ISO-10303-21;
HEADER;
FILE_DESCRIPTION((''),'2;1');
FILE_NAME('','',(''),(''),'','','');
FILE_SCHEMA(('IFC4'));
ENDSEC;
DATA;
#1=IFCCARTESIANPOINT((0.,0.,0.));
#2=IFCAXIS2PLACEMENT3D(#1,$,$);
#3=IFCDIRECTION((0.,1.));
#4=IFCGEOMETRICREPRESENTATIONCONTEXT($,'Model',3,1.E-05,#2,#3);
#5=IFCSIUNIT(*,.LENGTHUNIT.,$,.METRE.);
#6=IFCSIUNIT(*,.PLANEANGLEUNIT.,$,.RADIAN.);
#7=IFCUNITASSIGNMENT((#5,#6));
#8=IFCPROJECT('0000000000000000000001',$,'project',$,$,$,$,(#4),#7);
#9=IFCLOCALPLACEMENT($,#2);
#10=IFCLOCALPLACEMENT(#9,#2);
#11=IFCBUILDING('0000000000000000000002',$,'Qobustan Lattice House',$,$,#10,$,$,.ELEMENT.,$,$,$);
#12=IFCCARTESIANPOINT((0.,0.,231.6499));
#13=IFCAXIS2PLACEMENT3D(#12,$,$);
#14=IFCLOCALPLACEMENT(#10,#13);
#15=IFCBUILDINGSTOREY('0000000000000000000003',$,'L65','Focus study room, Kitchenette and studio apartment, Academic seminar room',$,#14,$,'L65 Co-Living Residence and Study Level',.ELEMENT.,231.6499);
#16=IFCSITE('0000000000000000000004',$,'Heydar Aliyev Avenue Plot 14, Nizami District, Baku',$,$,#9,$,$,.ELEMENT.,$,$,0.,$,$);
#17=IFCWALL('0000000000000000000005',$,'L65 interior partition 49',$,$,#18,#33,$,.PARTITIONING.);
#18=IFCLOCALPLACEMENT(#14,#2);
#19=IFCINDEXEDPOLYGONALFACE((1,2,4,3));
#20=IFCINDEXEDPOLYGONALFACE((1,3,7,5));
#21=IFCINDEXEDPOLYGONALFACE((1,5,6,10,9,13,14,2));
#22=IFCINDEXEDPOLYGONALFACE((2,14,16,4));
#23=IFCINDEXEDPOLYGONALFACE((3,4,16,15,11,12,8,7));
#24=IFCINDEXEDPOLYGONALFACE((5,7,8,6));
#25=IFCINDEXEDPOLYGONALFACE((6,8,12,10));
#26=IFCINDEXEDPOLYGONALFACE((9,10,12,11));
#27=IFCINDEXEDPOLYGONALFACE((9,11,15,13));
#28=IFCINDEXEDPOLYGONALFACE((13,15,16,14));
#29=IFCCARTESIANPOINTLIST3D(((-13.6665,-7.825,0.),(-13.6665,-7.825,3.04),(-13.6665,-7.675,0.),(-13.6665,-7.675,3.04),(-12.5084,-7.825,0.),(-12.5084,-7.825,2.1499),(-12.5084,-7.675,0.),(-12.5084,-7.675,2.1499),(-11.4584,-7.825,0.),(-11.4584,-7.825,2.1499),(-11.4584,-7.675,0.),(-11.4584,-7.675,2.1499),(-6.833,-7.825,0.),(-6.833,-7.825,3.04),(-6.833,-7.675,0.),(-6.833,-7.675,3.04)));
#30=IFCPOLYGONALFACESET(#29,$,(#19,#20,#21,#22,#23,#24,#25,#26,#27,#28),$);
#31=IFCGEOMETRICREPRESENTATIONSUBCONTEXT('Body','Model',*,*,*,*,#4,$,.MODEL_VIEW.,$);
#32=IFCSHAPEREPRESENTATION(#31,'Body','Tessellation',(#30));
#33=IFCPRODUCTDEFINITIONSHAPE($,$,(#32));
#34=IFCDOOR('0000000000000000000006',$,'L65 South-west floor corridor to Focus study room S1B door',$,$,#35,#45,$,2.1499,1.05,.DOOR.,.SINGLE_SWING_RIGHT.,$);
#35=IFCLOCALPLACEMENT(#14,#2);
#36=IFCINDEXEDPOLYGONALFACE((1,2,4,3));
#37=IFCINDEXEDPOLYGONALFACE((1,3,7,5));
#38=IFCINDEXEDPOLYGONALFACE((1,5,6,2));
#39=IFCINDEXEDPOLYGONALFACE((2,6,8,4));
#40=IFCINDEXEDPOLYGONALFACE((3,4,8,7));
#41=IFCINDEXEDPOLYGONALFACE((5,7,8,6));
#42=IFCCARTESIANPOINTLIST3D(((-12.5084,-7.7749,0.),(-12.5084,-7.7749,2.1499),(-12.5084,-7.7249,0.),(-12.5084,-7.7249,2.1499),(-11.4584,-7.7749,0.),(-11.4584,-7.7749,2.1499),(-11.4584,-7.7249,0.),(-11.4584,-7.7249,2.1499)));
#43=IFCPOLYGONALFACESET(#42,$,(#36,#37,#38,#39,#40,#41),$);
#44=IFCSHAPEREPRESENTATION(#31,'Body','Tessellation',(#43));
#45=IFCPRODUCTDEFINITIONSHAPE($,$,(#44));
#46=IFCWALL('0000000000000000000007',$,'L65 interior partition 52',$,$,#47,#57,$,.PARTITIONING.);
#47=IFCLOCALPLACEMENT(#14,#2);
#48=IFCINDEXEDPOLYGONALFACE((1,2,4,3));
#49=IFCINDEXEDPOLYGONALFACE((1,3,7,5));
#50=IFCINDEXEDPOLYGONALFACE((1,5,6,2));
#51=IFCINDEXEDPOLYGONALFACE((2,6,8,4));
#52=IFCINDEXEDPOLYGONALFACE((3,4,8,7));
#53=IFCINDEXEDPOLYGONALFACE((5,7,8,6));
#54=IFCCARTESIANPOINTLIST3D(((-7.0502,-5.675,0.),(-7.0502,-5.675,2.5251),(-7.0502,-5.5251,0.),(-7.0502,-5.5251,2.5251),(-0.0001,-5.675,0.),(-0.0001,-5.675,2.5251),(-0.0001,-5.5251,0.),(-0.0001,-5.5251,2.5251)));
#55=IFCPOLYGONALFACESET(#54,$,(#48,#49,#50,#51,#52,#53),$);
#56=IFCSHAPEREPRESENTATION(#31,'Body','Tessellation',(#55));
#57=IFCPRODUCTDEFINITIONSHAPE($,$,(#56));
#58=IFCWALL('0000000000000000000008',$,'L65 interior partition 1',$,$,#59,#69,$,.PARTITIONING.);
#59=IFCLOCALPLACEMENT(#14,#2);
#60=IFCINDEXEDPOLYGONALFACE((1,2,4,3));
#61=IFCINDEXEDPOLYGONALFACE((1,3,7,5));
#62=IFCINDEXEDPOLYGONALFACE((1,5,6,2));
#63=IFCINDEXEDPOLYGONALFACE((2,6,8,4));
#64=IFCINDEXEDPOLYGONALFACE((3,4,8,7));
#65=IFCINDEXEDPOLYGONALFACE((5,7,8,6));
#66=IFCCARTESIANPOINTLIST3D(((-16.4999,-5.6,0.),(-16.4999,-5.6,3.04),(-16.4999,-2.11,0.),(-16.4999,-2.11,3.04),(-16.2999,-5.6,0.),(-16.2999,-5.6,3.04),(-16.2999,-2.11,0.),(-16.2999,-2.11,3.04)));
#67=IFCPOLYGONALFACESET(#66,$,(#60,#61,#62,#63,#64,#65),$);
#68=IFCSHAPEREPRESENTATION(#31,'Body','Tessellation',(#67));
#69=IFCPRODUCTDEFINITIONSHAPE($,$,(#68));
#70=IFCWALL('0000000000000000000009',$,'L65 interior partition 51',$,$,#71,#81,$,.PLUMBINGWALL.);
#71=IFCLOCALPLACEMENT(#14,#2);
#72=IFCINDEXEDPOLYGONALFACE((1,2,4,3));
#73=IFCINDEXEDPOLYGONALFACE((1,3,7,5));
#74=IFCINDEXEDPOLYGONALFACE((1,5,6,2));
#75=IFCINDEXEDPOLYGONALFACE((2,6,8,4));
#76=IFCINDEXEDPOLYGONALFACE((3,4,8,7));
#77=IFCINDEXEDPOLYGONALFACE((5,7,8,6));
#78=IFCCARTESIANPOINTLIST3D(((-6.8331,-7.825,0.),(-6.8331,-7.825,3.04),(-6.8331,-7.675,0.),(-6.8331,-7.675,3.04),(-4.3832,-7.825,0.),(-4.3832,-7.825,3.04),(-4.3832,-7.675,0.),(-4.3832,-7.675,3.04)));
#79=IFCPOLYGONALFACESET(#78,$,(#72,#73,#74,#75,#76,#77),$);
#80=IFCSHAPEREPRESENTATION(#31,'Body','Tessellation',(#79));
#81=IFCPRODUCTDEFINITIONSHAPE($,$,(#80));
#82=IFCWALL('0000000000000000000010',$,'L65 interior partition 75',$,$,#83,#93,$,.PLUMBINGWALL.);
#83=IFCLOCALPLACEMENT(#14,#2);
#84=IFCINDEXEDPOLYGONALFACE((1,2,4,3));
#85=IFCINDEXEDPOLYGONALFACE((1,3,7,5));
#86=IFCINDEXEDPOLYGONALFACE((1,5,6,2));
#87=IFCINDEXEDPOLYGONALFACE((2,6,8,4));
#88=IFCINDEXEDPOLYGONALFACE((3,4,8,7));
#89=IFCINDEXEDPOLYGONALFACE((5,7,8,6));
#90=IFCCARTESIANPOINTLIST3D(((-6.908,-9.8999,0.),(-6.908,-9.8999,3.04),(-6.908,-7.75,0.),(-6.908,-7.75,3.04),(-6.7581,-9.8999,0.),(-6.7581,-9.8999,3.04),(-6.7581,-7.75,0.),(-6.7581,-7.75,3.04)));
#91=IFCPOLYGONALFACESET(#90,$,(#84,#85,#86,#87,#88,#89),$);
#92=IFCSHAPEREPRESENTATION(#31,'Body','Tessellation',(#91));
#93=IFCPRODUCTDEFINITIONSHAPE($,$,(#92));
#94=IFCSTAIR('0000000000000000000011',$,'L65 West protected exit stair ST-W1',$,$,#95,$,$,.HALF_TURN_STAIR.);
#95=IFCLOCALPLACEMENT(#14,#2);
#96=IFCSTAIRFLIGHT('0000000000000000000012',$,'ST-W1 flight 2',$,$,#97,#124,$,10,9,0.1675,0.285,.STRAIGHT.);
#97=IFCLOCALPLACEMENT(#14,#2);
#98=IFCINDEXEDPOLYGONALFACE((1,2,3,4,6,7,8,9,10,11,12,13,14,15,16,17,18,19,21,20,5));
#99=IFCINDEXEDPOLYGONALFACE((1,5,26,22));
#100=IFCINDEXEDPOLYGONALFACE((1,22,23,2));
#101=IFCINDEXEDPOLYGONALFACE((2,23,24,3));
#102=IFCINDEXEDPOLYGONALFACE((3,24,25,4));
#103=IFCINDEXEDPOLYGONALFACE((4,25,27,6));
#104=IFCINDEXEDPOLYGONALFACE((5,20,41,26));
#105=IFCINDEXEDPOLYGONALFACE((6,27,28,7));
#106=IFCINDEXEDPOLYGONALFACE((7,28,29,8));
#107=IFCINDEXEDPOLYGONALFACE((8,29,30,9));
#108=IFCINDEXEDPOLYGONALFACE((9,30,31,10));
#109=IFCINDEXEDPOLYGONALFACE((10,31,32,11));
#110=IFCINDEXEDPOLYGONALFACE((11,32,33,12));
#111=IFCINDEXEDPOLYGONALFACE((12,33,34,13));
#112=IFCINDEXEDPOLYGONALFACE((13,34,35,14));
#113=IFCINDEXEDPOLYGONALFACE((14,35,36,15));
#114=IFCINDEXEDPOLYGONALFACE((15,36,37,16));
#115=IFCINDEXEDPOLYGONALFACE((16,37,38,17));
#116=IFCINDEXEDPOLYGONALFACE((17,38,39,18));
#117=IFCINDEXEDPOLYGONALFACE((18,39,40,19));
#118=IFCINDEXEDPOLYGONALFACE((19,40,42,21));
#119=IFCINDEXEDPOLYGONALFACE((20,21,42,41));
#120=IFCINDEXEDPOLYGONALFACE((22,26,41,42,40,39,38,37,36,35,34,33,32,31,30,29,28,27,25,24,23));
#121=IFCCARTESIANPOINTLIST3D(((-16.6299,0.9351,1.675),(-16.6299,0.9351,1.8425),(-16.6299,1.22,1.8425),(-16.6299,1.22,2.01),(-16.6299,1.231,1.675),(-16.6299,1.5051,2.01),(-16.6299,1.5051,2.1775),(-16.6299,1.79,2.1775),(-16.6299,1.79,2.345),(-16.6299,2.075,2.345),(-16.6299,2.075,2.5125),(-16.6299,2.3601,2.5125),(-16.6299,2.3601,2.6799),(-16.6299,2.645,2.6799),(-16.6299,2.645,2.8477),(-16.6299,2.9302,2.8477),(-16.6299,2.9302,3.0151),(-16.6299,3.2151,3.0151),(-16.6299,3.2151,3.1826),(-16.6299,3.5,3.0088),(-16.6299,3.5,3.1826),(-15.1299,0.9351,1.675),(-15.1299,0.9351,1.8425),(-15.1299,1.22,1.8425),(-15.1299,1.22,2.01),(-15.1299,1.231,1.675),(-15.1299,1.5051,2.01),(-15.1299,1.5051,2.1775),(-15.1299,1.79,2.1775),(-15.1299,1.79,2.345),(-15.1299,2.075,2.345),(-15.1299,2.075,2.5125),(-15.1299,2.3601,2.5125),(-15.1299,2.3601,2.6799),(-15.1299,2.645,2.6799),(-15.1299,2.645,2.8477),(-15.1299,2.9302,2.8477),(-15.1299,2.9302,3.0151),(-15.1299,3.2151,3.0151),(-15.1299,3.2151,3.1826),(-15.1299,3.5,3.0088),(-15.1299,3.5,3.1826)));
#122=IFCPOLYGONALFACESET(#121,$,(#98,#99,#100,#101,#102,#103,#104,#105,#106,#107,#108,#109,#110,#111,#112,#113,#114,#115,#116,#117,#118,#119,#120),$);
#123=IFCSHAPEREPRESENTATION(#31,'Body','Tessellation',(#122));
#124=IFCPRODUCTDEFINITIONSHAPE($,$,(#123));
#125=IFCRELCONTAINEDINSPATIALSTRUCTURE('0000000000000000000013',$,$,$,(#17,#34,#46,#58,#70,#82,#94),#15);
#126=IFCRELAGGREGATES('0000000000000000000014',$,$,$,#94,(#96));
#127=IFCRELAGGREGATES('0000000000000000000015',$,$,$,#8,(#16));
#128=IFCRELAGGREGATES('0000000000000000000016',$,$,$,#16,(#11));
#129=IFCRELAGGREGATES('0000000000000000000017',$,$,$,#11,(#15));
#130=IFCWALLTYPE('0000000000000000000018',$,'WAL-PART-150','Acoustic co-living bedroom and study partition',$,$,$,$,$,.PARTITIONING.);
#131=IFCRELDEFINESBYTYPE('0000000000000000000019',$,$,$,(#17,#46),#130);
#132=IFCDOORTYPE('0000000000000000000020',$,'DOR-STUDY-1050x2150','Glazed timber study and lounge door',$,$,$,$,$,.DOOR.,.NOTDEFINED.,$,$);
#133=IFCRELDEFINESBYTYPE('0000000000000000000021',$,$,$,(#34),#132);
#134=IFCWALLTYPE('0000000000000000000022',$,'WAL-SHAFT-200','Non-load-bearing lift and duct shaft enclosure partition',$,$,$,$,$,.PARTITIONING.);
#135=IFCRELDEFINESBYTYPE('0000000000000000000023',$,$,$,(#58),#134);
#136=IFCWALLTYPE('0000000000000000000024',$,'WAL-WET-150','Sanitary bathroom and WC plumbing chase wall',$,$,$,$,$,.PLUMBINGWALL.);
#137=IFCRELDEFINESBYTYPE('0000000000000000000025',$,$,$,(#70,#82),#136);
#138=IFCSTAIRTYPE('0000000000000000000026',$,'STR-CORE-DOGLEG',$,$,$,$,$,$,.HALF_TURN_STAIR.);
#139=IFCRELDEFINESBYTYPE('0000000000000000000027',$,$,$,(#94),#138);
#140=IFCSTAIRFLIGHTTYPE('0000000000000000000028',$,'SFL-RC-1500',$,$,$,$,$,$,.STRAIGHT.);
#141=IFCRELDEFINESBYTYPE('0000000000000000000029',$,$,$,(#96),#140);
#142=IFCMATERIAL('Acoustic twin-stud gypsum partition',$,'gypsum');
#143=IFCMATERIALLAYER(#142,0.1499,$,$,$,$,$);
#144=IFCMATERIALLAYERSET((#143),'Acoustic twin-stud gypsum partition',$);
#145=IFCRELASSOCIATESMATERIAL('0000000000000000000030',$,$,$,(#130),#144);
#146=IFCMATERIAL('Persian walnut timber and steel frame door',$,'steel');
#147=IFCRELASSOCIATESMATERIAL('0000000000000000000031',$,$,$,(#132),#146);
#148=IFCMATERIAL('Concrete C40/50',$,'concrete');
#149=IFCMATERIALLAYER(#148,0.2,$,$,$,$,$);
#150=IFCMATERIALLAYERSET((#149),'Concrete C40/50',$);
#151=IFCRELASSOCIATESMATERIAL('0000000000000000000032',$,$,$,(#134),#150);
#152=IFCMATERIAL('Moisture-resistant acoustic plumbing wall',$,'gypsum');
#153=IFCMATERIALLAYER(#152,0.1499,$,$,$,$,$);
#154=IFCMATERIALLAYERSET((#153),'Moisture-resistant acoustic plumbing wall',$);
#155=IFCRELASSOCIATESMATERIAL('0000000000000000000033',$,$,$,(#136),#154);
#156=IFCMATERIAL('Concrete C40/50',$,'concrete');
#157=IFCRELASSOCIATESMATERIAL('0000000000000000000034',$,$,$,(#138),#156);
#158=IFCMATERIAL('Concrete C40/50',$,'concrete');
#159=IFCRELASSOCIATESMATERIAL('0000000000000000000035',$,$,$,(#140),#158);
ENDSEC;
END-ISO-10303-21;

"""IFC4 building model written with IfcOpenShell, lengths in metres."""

from ifc_helpers import new_model, si_unit, direction, frame, frame_2d, origin, place, context, subcontext, project, spatial, polyline, rectangle, outline, extrude, material, layer, layer_set, type_object, element, fill, aggregate, save


model = new_model("IFC4")

# Units and contexts
model_context = context("Model", 3, precision=1e-05, world=origin(), true_north=direction((0.0, 1.0)))
body_context = subcontext(model_context, "Body", "Model", "MODEL_VIEW")
ifc_project = project(units=[si_unit("LENGTHUNIT", "METRE"), si_unit("PLANEANGLEUNIT", "RADIAN")], contexts=[model_context])

# Site, building, storey
site_placement = place(None, origin())
site = spatial("IfcSite", under=ifc_project, at=site_placement, Name="Heydar Aliyev Avenue Plot 14, Nizami District, Baku", CompositionType="ELEMENT", RefElevation=0.0)
building_placement = place(site_placement, origin())
building = spatial("IfcBuilding", under=site, at=building_placement, Name="Qobustan Lattice House", CompositionType="ELEMENT")
storey_placement = place(building_placement, frame((0.0, 0.0, 231.6499)))
storey = spatial("IfcBuildingStorey", under=building, at=storey_placement, Name="L65", Description="Focus study room, Kitchenette and studio apartment, Academic seminar room", LongName="L65 Co-Living Residence and Study Level", CompositionType="ELEMENT", Elevation=231.6499)

# Wall, opening, door
ifc_material_1 = material(Name="Acoustic twin-stud gypsum partition", Category="gypsum")
ifc_layer_1 = layer(ifc_material_1, 0.1499)
ifc_layer_set_1 = layer_set([ifc_layer_1], Name="Acoustic twin-stud gypsum partition")
wall_type_1 = type_object("IfcWallType", Name="WAL-PART-150", Description="Acoustic co-living bedroom and study partition", PredefinedType="PARTITIONING", material=ifc_layer_set_1)
wall_1_placement = place(storey_placement, frame((-6.833, -7.75, 0.0), z_axis=(0.0, 0.0, 1.0), x_axis=(-1.0, 0.0, 0.0)))
wall_1 = element("IfcWall", 1, at=wall_1_placement, inside=storey, type_object=wall_type_1, Name="L65 interior partition 49", PredefinedType="PARTITIONING", context=body_context, shape_type="SweptSolid", body=[
    extrude(rectangle(XDim=6.8335, YDim=0.1499, at=frame_2d((3.4167, 0.0))), origin(), (0.0, 0.0, 1.0), 3.04),
])
opening_1_placement = place(wall_1_placement, frame((4.6255, 0.0, 0.0)))
opening_1 = element("IfcOpeningElement", 2, at=opening_1_placement, cuts=wall_1, PredefinedType="OPENING", context=body_context, shape_type="SweptSolid", body=[
    extrude(rectangle(XDim=1.05, YDim=2.1499, at=frame_2d((0.5249, 1.075))), frame((0.0, 0.085, 0.0), z_axis=(0.0, -1.0, 0.0), x_axis=(1.0, 0.0, 0.0)), (0.0, 0.0, 1.0), 0.1699),
])
ifc_material_2 = material(Name="Persian walnut timber and steel frame door", Category="steel")
door_type_1 = type_object("IfcDoorType", Name="DOR-STUDY-1050x2150", Description="Glazed timber study and lounge door", OperationType="NOTDEFINED", PredefinedType="DOOR", material=ifc_material_2)
door_1_placement = place(opening_1_placement, origin())
door_1 = element("IfcDoor", 3, at=door_1_placement, inside=storey, type_object=door_type_1, Name="L65 South-west floor corridor to Focus study room S1B door", OperationType="SINGLE_SWING_RIGHT", OverallHeight=2.1499, OverallWidth=1.05, PredefinedType="DOOR", context=body_context, shape_type="SweptSolid", body=[
    extrude(rectangle(XDim=1.05, YDim=2.1499, at=frame_2d((0.5249, 1.075))), frame((0.0, 0.0249, 0.0), z_axis=(0.0, -1.0, 0.0), x_axis=(1.0, 0.0, 0.0)), (0.0, 0.0, 1.0), 0.05),
])
fill(opening_1, door_1)

# Walls
wall_2_placement = place(storey_placement, frame((-7.05, -5.6001, 0.0), z_axis=(0.0, 0.0, 1.0), x_axis=(1.0, 0.0, 0.0)))
element("IfcWall", 4, at=wall_2_placement, inside=storey, type_object=wall_type_1, Name="L65 interior partition 52", PredefinedType="PARTITIONING", context=body_context, shape_type="SweptSolid", body=[
    extrude(rectangle(XDim=7.05, YDim=0.1499, at=frame_2d((3.5249, 0.0))), origin(), (0.0, 0.0, 1.0), 2.5251),
])
ifc_material_3 = material(Name="Concrete C40/50", Category="concrete")
ifc_layer_2 = layer(ifc_material_3, 0.2)
ifc_layer_set_2 = layer_set([ifc_layer_2], Name="Concrete C40/50")
wall_type_2 = type_object("IfcWallType", Name="WAL-SHAFT-200", Description="Non-load-bearing lift and duct shaft enclosure partition", PredefinedType="PARTITIONING", material=ifc_layer_set_2)
wall_3_placement = place(storey_placement, frame((-16.3999, -5.6001, 0.0), z_axis=(0.0, 0.0, 1.0), x_axis=(0.0, 1.0, 0.0)))
element("IfcWall", 5, at=wall_3_placement, inside=storey, type_object=wall_type_2, Name="L65 interior partition 1", PredefinedType="PARTITIONING", context=body_context, shape_type="SweptSolid", body=[
    extrude(rectangle(XDim=3.49, YDim=0.2, at=frame_2d((1.7451, 0.0))), origin(), (0.0, 0.0, 1.0), 3.04),
])
ifc_material_4 = material(Name="Moisture-resistant acoustic plumbing wall", Category="gypsum")
ifc_layer_3 = layer(ifc_material_4, 0.1499)
ifc_layer_set_3 = layer_set([ifc_layer_3], Name="Moisture-resistant acoustic plumbing wall")
wall_type_3 = type_object("IfcWallType", Name="WAL-WET-150", Description="Sanitary bathroom and WC plumbing chase wall", PredefinedType="PLUMBINGWALL", material=ifc_layer_set_3)
wall_4_placement = place(storey_placement, frame((-4.3831, -7.75, 0.0), z_axis=(0.0, 0.0, 1.0), x_axis=(-1.0, 0.0, 0.0)))
element("IfcWall", 6, at=wall_4_placement, inside=storey, type_object=wall_type_3, Name="L65 interior partition 51", PredefinedType="PLUMBINGWALL", context=body_context, shape_type="SweptSolid", body=[
    extrude(rectangle(XDim=2.45, YDim=0.1499, at=frame_2d((1.2251, 0.0))), origin(), (0.0, 0.0, 1.0), 3.04),
])
wall_5_placement = place(storey_placement, frame((-6.833, -7.75, 0.0), z_axis=(0.0, 0.0, 1.0), x_axis=(0.0, -1.0, 0.0)))
element("IfcWall", 7, at=wall_5_placement, inside=storey, type_object=wall_type_3, Name="L65 interior partition 75", PredefinedType="PLUMBINGWALL", context=body_context, shape_type="SweptSolid", body=[
    extrude(rectangle(XDim=2.1499, YDim=0.1499, at=frame_2d((1.075, 0.0))), origin(), (0.0, 0.0, 1.0), 3.04),
])

# Stair, stair flight
ifc_material_5 = material(Name="Concrete C40/50", Category="concrete")
stair_type = type_object("IfcStairType", Name="STR-CORE-DOGLEG", PredefinedType="HALF_TURN_STAIR", material=ifc_material_5)
stair_placement = place(storey_placement, origin())
stair = element("IfcStair", 8, at=stair_placement, inside=storey, type_object=stair_type, Name="L65 West protected exit stair ST-W1", PredefinedType="HALF_TURN_STAIR")
ifc_material_6 = material(Name="Concrete C40/50", Category="concrete")
stair_flight_type = type_object("IfcStairFlightType", Name="SFL-RC-1500", PredefinedType="STRAIGHT", material=ifc_material_6)
stair_flight_placement = place(storey_placement, frame((-15.8799, 0.9351, 1.675), z_axis=(0.0, 0.0, 1.0), x_axis=(0.0, 1.0, 0.0)))
stair_flight = element("IfcStairFlight", 9, at=stair_flight_placement, type_object=stair_flight_type, Name="ST-W1 flight 2", NumberOfRisers=10, NumberOfTreads=9, PredefinedType="STRAIGHT", RiserHeight=0.1675, TreadLength=0.285, context=body_context, shape_type="SweptSolid", body=[
    extrude(outline(polyline([(0.0, 0.0), (0.0, 0.1675), (0.2849, 0.1675), (0.2849, 0.335), (0.5701, 0.335), (0.5701, 0.5024), (0.855, 0.5024), (0.855, 0.6699), (1.1399, 0.6699), (1.1399, 0.8374), (1.425, 0.8374), (1.425, 1.0049), (1.71, 1.0049), (1.71, 1.1726), (1.9951, 1.1726), (1.9951, 1.3401), (2.28, 1.3401), (2.28, 1.5076), (2.5649, 1.5076), (2.5649, 1.675), (2.5649, 1.3337), (0.2959, 0.0), (0.0, 0.0)])), frame((0.0, 0.75, 0.0), z_axis=(0.0, -1.0, 0.0), x_axis=(1.0, 0.0, 0.0)), (0.0, 0.0, 1.0), 1.5),
])
aggregate(stair, [stair_flight])

save(model, "model.ifc")
